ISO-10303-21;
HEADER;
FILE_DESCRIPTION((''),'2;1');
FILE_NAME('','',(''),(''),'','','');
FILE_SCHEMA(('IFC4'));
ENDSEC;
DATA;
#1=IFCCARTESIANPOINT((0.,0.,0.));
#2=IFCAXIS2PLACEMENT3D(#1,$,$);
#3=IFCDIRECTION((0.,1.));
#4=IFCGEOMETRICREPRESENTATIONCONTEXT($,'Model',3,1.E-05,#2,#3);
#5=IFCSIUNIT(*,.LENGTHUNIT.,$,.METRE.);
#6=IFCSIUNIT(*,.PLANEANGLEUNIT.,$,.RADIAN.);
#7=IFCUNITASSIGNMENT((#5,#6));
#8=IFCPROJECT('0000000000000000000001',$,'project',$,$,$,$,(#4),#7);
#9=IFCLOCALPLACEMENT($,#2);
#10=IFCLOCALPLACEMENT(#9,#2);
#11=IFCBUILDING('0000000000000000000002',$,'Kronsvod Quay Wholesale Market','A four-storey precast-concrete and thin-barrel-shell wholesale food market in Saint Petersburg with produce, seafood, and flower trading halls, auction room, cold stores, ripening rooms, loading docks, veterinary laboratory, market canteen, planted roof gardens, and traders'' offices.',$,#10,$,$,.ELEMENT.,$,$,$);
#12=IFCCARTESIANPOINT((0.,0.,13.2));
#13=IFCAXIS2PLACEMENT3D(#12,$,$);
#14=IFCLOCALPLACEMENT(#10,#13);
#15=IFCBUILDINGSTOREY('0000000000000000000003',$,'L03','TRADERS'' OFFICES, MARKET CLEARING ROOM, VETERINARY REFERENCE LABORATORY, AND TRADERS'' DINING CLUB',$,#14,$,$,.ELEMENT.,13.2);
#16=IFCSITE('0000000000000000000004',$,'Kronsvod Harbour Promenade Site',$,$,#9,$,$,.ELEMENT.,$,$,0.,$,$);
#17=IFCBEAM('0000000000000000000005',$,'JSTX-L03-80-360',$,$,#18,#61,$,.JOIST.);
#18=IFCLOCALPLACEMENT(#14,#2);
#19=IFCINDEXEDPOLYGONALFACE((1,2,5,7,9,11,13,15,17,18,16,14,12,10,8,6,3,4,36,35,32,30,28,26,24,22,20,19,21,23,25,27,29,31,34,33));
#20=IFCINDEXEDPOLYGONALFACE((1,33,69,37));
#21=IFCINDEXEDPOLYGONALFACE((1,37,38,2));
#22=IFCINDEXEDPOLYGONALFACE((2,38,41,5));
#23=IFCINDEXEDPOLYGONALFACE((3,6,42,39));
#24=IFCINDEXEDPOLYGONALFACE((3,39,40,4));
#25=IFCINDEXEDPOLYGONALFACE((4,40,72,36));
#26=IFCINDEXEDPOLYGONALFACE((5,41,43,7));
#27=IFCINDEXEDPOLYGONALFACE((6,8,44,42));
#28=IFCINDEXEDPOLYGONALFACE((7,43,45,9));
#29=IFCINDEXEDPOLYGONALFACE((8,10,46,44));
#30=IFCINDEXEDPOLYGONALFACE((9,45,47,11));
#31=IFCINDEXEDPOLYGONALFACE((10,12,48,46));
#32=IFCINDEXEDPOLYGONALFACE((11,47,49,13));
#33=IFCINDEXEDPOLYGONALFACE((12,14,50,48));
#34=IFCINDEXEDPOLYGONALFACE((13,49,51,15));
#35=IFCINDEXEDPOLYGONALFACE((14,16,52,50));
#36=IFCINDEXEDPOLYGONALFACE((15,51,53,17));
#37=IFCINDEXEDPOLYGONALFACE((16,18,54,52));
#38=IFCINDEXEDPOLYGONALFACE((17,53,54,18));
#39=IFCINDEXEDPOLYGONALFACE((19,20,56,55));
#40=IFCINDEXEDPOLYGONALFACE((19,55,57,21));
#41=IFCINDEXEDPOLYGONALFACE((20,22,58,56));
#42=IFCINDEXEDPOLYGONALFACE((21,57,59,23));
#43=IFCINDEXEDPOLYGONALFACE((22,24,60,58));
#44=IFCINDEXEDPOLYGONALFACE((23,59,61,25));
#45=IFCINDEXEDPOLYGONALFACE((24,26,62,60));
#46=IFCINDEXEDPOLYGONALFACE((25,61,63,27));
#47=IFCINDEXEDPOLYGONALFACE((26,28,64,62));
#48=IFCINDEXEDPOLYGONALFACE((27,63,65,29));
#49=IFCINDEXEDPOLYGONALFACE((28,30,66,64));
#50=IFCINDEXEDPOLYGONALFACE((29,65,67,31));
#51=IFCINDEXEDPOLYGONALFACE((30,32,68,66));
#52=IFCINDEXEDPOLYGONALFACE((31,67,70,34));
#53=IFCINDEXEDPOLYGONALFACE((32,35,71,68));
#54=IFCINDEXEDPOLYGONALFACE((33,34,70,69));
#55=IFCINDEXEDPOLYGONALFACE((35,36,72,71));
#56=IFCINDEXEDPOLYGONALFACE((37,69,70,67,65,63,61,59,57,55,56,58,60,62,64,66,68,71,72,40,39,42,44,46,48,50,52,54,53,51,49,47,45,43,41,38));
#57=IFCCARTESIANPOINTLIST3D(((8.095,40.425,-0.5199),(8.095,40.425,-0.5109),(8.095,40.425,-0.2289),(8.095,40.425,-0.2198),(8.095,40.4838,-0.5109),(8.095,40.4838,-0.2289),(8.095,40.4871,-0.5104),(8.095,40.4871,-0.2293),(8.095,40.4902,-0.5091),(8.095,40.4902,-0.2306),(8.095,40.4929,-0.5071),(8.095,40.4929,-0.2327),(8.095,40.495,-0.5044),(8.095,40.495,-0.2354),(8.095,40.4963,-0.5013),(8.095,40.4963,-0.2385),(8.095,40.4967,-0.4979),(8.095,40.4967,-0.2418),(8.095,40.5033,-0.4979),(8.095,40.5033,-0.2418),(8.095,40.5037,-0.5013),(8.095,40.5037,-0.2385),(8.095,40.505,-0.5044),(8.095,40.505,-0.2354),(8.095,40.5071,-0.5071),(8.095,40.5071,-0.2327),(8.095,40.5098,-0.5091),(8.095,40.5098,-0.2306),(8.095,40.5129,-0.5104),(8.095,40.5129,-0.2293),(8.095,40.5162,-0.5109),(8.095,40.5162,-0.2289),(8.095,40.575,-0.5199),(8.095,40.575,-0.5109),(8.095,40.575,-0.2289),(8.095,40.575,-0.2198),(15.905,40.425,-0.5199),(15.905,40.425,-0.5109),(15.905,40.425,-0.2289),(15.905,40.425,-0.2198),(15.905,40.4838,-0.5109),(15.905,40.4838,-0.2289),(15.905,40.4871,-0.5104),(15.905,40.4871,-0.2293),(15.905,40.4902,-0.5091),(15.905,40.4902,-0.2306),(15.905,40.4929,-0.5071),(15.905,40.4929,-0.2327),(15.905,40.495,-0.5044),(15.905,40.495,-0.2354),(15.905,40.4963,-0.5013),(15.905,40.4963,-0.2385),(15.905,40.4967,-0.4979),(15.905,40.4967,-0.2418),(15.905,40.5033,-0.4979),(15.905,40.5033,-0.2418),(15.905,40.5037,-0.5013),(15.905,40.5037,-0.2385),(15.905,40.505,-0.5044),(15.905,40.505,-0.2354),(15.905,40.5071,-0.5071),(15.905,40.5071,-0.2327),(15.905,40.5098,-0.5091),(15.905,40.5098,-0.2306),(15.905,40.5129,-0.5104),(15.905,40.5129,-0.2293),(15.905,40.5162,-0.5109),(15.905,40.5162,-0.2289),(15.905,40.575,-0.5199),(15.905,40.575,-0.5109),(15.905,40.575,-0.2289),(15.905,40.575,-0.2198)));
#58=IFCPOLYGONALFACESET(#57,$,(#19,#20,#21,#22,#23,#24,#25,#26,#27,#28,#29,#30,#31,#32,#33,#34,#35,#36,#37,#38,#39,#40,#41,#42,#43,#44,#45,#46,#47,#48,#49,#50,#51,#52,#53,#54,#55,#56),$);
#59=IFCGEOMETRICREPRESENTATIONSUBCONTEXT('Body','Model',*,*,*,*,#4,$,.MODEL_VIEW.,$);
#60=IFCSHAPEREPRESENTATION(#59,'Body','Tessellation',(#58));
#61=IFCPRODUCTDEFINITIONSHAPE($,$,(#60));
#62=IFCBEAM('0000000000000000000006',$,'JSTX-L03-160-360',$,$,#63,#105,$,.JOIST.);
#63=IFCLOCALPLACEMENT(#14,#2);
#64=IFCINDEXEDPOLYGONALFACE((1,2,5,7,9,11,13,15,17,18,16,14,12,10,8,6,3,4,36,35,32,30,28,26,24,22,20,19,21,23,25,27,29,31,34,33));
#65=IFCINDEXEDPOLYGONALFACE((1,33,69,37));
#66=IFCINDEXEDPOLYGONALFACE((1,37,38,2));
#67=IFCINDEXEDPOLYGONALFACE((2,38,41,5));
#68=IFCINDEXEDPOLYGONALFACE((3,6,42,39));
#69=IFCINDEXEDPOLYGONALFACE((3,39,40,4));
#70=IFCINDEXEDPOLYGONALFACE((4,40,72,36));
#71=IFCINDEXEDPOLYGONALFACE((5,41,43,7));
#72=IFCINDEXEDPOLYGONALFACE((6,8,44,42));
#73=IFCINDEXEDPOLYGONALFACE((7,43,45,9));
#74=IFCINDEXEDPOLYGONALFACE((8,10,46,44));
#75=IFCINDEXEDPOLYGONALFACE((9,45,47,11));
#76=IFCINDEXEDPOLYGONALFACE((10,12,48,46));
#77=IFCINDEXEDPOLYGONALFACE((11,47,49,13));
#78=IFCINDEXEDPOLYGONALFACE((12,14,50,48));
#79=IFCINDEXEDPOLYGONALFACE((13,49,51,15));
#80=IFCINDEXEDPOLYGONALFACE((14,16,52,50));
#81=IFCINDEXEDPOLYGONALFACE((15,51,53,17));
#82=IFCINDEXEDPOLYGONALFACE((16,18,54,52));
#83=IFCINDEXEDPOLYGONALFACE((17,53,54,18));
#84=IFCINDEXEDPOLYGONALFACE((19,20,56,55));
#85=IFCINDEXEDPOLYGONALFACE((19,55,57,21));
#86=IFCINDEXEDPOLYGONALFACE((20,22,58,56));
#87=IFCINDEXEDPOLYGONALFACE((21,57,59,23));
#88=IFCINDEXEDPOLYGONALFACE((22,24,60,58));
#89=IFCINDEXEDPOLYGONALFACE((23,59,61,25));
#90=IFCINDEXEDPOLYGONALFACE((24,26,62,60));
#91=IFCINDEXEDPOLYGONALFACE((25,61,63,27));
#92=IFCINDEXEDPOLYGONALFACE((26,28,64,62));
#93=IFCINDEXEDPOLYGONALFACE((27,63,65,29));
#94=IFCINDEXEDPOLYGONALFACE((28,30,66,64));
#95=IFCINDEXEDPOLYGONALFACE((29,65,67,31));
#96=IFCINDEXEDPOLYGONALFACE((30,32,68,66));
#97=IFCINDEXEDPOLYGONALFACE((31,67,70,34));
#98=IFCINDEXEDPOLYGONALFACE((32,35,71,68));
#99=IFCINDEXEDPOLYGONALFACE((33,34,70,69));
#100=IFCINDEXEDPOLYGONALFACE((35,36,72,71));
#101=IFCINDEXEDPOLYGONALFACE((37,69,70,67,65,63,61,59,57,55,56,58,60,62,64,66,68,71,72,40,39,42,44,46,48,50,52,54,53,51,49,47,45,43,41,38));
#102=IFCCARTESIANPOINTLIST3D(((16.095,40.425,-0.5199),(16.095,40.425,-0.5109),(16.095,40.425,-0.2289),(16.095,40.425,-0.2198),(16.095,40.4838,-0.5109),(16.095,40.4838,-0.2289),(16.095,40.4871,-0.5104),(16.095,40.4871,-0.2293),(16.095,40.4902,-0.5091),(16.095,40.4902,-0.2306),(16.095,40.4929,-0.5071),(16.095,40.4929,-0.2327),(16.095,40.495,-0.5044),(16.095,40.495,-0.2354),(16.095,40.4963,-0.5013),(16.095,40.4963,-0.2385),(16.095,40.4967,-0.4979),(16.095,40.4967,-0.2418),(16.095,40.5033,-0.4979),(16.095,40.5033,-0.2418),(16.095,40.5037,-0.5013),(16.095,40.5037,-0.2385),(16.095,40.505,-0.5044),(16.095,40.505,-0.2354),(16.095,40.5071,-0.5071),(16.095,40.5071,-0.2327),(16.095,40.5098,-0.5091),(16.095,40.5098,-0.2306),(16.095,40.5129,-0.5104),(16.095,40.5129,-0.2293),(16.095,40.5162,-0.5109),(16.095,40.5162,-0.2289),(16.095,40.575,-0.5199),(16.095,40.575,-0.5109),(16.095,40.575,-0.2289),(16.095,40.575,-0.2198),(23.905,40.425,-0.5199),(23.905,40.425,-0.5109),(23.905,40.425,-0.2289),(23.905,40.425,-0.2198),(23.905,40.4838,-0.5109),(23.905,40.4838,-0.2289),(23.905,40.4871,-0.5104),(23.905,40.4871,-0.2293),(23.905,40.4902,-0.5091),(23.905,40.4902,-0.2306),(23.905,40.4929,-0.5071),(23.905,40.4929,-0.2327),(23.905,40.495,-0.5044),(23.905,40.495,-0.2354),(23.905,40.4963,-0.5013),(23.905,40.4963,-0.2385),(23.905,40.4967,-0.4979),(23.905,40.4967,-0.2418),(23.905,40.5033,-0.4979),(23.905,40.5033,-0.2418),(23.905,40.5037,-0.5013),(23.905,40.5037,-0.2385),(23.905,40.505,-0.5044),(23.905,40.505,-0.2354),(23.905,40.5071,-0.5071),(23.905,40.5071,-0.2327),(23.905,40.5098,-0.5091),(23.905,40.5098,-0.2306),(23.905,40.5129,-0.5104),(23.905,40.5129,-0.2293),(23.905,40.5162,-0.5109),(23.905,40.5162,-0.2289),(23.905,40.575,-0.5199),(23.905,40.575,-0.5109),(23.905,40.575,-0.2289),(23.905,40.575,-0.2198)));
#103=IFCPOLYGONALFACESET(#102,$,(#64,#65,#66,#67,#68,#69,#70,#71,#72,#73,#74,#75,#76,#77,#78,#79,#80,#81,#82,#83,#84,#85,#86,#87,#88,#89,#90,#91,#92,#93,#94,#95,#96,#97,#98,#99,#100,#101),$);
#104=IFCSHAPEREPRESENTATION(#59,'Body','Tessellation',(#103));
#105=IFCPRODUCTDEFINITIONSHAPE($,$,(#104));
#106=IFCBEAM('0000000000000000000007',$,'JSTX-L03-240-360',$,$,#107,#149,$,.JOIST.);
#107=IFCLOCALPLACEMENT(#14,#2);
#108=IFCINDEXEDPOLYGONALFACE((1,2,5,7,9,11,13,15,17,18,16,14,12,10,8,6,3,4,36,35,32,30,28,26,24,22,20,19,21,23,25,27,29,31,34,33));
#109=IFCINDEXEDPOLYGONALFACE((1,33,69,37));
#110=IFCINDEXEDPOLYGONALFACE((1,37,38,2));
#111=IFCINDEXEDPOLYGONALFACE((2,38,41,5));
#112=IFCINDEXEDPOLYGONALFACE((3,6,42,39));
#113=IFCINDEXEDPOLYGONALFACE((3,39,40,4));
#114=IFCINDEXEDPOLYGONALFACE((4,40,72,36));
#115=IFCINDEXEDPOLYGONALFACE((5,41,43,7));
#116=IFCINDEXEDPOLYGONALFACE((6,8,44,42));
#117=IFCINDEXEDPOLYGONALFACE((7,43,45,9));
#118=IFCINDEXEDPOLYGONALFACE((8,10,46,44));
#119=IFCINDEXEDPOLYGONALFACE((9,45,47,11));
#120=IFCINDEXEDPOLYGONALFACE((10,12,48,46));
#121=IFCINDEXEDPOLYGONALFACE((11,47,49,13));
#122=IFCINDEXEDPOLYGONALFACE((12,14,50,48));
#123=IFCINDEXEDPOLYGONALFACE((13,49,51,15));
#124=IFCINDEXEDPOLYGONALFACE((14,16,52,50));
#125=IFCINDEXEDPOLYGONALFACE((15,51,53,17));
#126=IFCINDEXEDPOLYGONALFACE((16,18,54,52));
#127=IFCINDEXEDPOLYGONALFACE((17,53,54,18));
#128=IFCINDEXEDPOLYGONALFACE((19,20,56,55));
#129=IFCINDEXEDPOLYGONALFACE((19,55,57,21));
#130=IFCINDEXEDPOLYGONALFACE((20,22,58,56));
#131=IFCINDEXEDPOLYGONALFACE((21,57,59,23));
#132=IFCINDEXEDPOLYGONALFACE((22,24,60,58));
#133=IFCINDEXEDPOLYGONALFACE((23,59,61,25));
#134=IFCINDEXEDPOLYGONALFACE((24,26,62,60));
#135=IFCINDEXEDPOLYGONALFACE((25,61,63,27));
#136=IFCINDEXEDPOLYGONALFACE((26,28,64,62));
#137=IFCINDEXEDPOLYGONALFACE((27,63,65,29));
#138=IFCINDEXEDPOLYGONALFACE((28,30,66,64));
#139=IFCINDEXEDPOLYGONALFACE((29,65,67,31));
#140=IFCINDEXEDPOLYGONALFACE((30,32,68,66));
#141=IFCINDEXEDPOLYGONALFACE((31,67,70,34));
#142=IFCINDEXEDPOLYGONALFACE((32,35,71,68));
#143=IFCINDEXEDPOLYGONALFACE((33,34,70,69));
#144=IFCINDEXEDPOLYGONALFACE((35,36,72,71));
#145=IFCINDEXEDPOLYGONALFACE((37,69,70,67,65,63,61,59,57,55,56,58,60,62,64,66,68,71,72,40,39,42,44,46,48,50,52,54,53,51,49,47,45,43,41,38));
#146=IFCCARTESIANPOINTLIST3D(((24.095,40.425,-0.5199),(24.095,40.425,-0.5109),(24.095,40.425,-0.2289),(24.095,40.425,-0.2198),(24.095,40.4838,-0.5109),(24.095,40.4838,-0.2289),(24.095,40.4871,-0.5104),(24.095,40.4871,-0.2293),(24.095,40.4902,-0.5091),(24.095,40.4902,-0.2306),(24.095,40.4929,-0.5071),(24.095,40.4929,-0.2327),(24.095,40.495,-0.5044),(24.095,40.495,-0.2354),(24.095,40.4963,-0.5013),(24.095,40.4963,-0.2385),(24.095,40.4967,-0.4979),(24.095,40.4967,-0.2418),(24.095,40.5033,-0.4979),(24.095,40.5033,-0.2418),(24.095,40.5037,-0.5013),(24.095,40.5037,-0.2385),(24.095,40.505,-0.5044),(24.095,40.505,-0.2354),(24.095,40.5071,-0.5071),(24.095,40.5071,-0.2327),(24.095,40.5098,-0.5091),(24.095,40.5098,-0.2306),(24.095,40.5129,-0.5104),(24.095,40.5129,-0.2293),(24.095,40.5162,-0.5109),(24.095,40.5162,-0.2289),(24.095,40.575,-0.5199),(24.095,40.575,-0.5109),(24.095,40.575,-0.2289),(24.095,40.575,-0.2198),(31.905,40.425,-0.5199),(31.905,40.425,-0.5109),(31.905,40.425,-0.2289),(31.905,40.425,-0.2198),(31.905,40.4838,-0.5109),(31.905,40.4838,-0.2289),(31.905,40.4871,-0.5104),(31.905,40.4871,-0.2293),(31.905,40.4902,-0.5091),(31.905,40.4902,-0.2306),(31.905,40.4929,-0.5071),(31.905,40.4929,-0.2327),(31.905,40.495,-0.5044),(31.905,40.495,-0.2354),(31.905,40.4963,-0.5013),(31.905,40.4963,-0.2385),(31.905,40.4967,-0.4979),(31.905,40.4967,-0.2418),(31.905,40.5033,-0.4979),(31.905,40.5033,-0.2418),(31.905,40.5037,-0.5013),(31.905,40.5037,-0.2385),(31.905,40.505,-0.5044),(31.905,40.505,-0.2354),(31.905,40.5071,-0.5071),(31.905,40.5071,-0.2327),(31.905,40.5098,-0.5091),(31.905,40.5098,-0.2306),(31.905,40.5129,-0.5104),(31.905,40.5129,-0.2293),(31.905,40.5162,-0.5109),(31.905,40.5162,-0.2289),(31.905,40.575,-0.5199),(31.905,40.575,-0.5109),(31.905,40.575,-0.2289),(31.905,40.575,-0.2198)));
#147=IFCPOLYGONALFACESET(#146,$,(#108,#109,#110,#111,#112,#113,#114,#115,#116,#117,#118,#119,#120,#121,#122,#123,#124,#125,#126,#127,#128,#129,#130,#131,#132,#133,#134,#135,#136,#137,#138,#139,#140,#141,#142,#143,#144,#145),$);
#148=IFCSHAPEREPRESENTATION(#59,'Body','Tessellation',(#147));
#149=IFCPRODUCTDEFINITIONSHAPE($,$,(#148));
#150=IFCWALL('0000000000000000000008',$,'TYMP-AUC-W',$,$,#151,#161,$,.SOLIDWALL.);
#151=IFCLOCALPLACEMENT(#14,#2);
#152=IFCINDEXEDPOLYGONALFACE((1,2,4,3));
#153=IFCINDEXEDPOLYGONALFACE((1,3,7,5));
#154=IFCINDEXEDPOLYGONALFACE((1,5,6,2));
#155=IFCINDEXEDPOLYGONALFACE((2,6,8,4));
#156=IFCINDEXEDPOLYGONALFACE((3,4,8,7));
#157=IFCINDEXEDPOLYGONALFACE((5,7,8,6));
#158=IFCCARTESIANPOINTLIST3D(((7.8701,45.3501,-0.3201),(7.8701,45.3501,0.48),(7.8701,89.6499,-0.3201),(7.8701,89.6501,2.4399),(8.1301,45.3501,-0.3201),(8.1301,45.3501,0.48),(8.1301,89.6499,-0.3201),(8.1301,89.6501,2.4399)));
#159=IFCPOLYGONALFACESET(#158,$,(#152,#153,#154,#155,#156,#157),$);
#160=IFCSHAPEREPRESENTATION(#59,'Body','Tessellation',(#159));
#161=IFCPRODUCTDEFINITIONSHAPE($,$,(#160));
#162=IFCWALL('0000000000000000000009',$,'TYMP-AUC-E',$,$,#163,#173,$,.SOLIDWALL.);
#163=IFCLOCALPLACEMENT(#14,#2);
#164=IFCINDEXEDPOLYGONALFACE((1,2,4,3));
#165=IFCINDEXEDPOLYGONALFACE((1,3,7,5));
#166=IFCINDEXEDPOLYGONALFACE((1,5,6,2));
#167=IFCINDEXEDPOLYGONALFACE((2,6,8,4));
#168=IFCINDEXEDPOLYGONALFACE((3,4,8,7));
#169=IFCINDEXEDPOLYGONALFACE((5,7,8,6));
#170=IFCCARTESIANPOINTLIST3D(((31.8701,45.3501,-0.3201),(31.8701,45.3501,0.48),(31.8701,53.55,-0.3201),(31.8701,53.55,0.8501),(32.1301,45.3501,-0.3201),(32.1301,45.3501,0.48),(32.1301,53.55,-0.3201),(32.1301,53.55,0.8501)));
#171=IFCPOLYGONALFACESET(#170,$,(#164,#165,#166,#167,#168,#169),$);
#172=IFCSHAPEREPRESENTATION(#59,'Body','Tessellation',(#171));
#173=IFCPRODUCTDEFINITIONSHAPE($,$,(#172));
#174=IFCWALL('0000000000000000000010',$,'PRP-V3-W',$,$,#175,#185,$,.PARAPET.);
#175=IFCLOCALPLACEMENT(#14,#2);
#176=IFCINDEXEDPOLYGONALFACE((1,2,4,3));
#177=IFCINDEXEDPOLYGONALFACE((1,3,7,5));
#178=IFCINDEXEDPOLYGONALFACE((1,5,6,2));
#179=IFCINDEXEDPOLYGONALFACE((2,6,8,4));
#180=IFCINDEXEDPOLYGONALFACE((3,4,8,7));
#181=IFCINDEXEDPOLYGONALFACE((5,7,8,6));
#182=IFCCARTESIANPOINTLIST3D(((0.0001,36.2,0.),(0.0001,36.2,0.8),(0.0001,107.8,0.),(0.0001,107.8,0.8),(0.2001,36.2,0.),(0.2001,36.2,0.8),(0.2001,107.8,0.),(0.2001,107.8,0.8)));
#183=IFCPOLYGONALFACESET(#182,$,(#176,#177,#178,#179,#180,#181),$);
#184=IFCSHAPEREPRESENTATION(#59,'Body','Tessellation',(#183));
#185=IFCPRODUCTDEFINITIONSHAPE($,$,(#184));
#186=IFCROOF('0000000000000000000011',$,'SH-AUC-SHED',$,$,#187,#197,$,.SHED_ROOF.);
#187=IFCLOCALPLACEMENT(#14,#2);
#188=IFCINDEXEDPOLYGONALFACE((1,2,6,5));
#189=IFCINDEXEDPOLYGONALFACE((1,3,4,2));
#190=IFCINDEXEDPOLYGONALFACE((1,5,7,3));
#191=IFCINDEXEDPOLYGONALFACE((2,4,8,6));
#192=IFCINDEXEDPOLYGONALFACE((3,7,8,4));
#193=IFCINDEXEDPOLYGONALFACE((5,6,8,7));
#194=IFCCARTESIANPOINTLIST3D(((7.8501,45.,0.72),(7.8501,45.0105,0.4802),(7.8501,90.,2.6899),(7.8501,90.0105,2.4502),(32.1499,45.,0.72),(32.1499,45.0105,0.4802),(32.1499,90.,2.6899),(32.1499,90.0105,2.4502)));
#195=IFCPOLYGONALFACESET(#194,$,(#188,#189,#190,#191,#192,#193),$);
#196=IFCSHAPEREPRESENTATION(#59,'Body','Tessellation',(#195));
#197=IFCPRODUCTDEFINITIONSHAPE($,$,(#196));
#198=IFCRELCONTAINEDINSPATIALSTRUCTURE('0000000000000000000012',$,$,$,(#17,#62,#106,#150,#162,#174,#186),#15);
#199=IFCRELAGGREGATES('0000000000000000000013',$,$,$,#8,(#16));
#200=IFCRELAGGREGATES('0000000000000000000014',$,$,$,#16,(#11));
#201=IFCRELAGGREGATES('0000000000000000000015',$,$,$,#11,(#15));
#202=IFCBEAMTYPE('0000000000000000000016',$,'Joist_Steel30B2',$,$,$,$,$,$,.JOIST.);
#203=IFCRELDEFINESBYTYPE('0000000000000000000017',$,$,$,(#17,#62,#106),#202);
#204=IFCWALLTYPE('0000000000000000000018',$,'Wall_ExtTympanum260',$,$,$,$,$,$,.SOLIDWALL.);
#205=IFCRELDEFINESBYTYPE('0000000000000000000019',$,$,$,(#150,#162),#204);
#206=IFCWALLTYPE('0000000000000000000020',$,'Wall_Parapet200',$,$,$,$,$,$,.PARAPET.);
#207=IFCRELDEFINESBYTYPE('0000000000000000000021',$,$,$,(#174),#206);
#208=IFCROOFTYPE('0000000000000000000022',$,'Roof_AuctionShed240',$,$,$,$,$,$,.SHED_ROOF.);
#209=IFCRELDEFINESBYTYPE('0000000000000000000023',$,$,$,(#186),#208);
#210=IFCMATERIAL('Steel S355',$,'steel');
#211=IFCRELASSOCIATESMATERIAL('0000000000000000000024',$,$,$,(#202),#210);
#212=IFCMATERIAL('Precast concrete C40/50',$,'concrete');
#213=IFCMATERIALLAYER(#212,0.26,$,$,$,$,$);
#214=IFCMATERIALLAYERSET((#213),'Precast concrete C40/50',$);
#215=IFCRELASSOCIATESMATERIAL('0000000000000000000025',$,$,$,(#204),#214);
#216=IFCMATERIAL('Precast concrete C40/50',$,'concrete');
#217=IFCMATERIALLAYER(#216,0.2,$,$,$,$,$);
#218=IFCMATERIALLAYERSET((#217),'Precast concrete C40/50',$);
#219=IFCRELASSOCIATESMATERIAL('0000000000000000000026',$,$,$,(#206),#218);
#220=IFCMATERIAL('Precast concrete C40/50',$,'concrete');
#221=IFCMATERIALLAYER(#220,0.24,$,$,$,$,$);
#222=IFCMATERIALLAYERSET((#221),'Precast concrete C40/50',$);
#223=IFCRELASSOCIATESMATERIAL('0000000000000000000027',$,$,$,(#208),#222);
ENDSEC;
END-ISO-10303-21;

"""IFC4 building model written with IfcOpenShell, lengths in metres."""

from ifc_helpers import new_model, si_unit, direction, frame, frame_2d, origin, origin_2d, place, context, subcontext, project, spatial, polyline, rectangle, i_section, outline, extrude, material, layer, layer_set, material_profile, profile_set, type_object, element, save


model = new_model("IFC4")

# Units and contexts
model_context = context("Model", 3, precision=1e-05, world=origin(), true_north=direction((0.0, 1.0)))
body_context = subcontext(model_context, "Body", "Model", "MODEL_VIEW")
ifc_project = project(units=[si_unit("LENGTHUNIT", "METRE"), si_unit("PLANEANGLEUNIT", "RADIAN")], contexts=[model_context])

# Site, building, storey
site_placement = place(None, origin())
site = spatial("IfcSite", under=ifc_project, at=site_placement, Name="Kronsvod Harbour Promenade Site", CompositionType="ELEMENT", RefElevation=0.0)
building_placement = place(site_placement, origin())
building = spatial("IfcBuilding", under=site, at=building_placement, Name="Kronsvod Quay Wholesale Market", Description="A four-storey precast-concrete and thin-barrel-shell wholesale food market in Saint Petersburg with produce, seafood, and flower trading halls, auction room, cold stores, ripening rooms, loading docks, veterinary laboratory, market canteen, planted roof gardens, and traders' offices.", CompositionType="ELEMENT")
storey_placement = place(building_placement, frame((0.0, 0.0, 13.2)))
storey = spatial("IfcBuildingStorey", under=building, at=storey_placement, Name="L03", Description="TRADERS' OFFICES, MARKET CLEARING ROOM, VETERINARY REFERENCE LABORATORY, AND TRADERS' DINING CLUB", CompositionType="ELEMENT", Elevation=13.2)

# Beams
ifc_material_1 = material(Name="Steel S355", Category="steel")
ifc_material_profile_1 = material_profile(ifc_material_1, i_section(OverallWidth=0.1499, OverallDepth=0.3, WebThickness=0.0066, FlangeThickness=0.009, FilletRadius=0.0129, at=origin_2d()), Name="30B2")
ifc_profile_set_1 = profile_set([ifc_material_profile_1], Name="Steel S355")
beam_type_1 = type_object("IfcBeamType", Name="Joist_Steel30B2", PredefinedType="JOIST", material=ifc_profile_set_1)
for number, where, z_axis, x_axis, name in (
    (1, (8.095, 40.5, -0.3699), (1.0, 0.0, 0.0), (0.0, 1.0, 0.0), "JSTX-L03-80-360"),
    (2, (16.095, 40.5, -0.3699), (1.0, 0.0, 0.0), (0.0, 1.0, 0.0), "JSTX-L03-160-360"),
    (3, (24.095, 40.5, -0.3699), (1.0, 0.0, 0.0), (0.0, 1.0, 0.0), "JSTX-L03-240-360"),
):
    element("IfcBeam", number, at=place(storey_placement, frame(where, z_axis=z_axis, x_axis=x_axis)), inside=storey, type_object=beam_type_1, Name=name, PredefinedType="JOIST", context=body_context, shape_type="SweptSolid", body=[
        extrude(i_section(OverallWidth=0.1499, OverallDepth=0.3, WebThickness=0.0066, FlangeThickness=0.009, FilletRadius=0.0129, at=origin_2d()), origin(), (0.0, 0.0, 1.0), 7.8101),
    ])

# Walls
ifc_material_2 = material(Name="Precast concrete C40/50", Category="concrete")
ifc_layer_1 = layer(ifc_material_2, 0.26)
ifc_layer_set_1 = layer_set([ifc_layer_1], Name="Precast concrete C40/50")
wall_type_1 = type_object("IfcWallType", Name="Wall_ExtTympanum260", PredefinedType="SOLIDWALL", material=ifc_layer_set_1)
wall_1_placement = place(storey_placement, frame((8.0, 45.3501, -0.3201), z_axis=(0.0, 0.0, 1.0), x_axis=(0.0, 1.0, 0.0)))
element("IfcWall", 4, at=wall_1_placement, inside=storey, type_object=wall_type_1, Name="TYMP-AUC-W", PredefinedType="SOLIDWALL", context=body_context, shape_type="SweptSolid", body=[
    extrude(outline(polyline([(0.0, 0.0), (44.2998, 0.0), (44.3, 2.76), (0.0, 0.8), (0.0, 0.0)])), frame((0.0, 0.1299, 0.0), z_axis=(0.0, -1.0, 0.0), x_axis=(1.0, 0.0, 0.0)), (0.0, 0.0, 1.0), 0.26),
])
wall_2_placement = place(storey_placement, frame((32.0, 45.3501, -0.3201), z_axis=(0.0, 0.0, 1.0), x_axis=(0.0, 1.0, 0.0)))
element("IfcWall", 5, at=wall_2_placement, inside=storey, type_object=wall_type_1, Name="TYMP-AUC-E", PredefinedType="SOLIDWALL", context=body_context, shape_type="SweptSolid", body=[
    extrude(outline(polyline([(0.0, 0.0), (8.2, 0.0), (8.2, 1.1702), (0.0, 0.8), (0.0, 0.0)])), frame((0.0, 0.1299, 0.0), z_axis=(0.0, -1.0, 0.0), x_axis=(1.0, 0.0, 0.0)), (0.0, 0.0, 1.0), 0.26),
])
ifc_material_3 = material(Name="Precast concrete C40/50", Category="concrete")
ifc_layer_2 = layer(ifc_material_3, 0.2)
ifc_layer_set_2 = layer_set([ifc_layer_2], Name="Precast concrete C40/50")
wall_type_2 = type_object("IfcWallType", Name="Wall_Parapet200", PredefinedType="PARAPET", material=ifc_layer_set_2)
wall_3_placement = place(storey_placement, frame((0.1001, 36.2, 0.0), z_axis=(0.0, 0.0, 1.0), x_axis=(0.0, 1.0, 0.0)))
element("IfcWall", 6, at=wall_3_placement, inside=storey, type_object=wall_type_2, Name="PRP-V3-W", PredefinedType="PARAPET", context=body_context, shape_type="SweptSolid", body=[
    extrude(rectangle(XDim=71.6001, YDim=0.2, at=frame_2d((35.8, 0.0))), origin(), (0.0, 0.0, 1.0), 0.8),
])

# Roof
ifc_material_4 = material(Name="Precast concrete C40/50", Category="concrete")
ifc_layer_3 = layer(ifc_material_4, 0.24)
ifc_layer_set_3 = layer_set([ifc_layer_3], Name="Precast concrete C40/50")
roof_type = type_object("IfcRoofType", Name="Roof_AuctionShed240", PredefinedType="SHED_ROOF", material=ifc_layer_set_3)
roof_placement = place(storey_placement, frame((7.8501, 45.0, 0.72), z_axis=(0.0, -0.043735, 0.999043), x_axis=(1.0, 0.0, 0.0)))
element("IfcRoof", 7, at=roof_placement, inside=storey, type_object=roof_type, Name="SH-AUC-SHED", PredefinedType="SHED_ROOF", context=body_context, shape_type="SweptSolid", body=[
    extrude(outline(polyline([(0.0, 0.0), (24.2998, 0.0), (24.2998, 45.0431), (0.0, 45.0431), (0.0, 0.0)])), origin(), (0.0, 0.0, -1.0), 0.24),
])

save(model, "model.ifc")
